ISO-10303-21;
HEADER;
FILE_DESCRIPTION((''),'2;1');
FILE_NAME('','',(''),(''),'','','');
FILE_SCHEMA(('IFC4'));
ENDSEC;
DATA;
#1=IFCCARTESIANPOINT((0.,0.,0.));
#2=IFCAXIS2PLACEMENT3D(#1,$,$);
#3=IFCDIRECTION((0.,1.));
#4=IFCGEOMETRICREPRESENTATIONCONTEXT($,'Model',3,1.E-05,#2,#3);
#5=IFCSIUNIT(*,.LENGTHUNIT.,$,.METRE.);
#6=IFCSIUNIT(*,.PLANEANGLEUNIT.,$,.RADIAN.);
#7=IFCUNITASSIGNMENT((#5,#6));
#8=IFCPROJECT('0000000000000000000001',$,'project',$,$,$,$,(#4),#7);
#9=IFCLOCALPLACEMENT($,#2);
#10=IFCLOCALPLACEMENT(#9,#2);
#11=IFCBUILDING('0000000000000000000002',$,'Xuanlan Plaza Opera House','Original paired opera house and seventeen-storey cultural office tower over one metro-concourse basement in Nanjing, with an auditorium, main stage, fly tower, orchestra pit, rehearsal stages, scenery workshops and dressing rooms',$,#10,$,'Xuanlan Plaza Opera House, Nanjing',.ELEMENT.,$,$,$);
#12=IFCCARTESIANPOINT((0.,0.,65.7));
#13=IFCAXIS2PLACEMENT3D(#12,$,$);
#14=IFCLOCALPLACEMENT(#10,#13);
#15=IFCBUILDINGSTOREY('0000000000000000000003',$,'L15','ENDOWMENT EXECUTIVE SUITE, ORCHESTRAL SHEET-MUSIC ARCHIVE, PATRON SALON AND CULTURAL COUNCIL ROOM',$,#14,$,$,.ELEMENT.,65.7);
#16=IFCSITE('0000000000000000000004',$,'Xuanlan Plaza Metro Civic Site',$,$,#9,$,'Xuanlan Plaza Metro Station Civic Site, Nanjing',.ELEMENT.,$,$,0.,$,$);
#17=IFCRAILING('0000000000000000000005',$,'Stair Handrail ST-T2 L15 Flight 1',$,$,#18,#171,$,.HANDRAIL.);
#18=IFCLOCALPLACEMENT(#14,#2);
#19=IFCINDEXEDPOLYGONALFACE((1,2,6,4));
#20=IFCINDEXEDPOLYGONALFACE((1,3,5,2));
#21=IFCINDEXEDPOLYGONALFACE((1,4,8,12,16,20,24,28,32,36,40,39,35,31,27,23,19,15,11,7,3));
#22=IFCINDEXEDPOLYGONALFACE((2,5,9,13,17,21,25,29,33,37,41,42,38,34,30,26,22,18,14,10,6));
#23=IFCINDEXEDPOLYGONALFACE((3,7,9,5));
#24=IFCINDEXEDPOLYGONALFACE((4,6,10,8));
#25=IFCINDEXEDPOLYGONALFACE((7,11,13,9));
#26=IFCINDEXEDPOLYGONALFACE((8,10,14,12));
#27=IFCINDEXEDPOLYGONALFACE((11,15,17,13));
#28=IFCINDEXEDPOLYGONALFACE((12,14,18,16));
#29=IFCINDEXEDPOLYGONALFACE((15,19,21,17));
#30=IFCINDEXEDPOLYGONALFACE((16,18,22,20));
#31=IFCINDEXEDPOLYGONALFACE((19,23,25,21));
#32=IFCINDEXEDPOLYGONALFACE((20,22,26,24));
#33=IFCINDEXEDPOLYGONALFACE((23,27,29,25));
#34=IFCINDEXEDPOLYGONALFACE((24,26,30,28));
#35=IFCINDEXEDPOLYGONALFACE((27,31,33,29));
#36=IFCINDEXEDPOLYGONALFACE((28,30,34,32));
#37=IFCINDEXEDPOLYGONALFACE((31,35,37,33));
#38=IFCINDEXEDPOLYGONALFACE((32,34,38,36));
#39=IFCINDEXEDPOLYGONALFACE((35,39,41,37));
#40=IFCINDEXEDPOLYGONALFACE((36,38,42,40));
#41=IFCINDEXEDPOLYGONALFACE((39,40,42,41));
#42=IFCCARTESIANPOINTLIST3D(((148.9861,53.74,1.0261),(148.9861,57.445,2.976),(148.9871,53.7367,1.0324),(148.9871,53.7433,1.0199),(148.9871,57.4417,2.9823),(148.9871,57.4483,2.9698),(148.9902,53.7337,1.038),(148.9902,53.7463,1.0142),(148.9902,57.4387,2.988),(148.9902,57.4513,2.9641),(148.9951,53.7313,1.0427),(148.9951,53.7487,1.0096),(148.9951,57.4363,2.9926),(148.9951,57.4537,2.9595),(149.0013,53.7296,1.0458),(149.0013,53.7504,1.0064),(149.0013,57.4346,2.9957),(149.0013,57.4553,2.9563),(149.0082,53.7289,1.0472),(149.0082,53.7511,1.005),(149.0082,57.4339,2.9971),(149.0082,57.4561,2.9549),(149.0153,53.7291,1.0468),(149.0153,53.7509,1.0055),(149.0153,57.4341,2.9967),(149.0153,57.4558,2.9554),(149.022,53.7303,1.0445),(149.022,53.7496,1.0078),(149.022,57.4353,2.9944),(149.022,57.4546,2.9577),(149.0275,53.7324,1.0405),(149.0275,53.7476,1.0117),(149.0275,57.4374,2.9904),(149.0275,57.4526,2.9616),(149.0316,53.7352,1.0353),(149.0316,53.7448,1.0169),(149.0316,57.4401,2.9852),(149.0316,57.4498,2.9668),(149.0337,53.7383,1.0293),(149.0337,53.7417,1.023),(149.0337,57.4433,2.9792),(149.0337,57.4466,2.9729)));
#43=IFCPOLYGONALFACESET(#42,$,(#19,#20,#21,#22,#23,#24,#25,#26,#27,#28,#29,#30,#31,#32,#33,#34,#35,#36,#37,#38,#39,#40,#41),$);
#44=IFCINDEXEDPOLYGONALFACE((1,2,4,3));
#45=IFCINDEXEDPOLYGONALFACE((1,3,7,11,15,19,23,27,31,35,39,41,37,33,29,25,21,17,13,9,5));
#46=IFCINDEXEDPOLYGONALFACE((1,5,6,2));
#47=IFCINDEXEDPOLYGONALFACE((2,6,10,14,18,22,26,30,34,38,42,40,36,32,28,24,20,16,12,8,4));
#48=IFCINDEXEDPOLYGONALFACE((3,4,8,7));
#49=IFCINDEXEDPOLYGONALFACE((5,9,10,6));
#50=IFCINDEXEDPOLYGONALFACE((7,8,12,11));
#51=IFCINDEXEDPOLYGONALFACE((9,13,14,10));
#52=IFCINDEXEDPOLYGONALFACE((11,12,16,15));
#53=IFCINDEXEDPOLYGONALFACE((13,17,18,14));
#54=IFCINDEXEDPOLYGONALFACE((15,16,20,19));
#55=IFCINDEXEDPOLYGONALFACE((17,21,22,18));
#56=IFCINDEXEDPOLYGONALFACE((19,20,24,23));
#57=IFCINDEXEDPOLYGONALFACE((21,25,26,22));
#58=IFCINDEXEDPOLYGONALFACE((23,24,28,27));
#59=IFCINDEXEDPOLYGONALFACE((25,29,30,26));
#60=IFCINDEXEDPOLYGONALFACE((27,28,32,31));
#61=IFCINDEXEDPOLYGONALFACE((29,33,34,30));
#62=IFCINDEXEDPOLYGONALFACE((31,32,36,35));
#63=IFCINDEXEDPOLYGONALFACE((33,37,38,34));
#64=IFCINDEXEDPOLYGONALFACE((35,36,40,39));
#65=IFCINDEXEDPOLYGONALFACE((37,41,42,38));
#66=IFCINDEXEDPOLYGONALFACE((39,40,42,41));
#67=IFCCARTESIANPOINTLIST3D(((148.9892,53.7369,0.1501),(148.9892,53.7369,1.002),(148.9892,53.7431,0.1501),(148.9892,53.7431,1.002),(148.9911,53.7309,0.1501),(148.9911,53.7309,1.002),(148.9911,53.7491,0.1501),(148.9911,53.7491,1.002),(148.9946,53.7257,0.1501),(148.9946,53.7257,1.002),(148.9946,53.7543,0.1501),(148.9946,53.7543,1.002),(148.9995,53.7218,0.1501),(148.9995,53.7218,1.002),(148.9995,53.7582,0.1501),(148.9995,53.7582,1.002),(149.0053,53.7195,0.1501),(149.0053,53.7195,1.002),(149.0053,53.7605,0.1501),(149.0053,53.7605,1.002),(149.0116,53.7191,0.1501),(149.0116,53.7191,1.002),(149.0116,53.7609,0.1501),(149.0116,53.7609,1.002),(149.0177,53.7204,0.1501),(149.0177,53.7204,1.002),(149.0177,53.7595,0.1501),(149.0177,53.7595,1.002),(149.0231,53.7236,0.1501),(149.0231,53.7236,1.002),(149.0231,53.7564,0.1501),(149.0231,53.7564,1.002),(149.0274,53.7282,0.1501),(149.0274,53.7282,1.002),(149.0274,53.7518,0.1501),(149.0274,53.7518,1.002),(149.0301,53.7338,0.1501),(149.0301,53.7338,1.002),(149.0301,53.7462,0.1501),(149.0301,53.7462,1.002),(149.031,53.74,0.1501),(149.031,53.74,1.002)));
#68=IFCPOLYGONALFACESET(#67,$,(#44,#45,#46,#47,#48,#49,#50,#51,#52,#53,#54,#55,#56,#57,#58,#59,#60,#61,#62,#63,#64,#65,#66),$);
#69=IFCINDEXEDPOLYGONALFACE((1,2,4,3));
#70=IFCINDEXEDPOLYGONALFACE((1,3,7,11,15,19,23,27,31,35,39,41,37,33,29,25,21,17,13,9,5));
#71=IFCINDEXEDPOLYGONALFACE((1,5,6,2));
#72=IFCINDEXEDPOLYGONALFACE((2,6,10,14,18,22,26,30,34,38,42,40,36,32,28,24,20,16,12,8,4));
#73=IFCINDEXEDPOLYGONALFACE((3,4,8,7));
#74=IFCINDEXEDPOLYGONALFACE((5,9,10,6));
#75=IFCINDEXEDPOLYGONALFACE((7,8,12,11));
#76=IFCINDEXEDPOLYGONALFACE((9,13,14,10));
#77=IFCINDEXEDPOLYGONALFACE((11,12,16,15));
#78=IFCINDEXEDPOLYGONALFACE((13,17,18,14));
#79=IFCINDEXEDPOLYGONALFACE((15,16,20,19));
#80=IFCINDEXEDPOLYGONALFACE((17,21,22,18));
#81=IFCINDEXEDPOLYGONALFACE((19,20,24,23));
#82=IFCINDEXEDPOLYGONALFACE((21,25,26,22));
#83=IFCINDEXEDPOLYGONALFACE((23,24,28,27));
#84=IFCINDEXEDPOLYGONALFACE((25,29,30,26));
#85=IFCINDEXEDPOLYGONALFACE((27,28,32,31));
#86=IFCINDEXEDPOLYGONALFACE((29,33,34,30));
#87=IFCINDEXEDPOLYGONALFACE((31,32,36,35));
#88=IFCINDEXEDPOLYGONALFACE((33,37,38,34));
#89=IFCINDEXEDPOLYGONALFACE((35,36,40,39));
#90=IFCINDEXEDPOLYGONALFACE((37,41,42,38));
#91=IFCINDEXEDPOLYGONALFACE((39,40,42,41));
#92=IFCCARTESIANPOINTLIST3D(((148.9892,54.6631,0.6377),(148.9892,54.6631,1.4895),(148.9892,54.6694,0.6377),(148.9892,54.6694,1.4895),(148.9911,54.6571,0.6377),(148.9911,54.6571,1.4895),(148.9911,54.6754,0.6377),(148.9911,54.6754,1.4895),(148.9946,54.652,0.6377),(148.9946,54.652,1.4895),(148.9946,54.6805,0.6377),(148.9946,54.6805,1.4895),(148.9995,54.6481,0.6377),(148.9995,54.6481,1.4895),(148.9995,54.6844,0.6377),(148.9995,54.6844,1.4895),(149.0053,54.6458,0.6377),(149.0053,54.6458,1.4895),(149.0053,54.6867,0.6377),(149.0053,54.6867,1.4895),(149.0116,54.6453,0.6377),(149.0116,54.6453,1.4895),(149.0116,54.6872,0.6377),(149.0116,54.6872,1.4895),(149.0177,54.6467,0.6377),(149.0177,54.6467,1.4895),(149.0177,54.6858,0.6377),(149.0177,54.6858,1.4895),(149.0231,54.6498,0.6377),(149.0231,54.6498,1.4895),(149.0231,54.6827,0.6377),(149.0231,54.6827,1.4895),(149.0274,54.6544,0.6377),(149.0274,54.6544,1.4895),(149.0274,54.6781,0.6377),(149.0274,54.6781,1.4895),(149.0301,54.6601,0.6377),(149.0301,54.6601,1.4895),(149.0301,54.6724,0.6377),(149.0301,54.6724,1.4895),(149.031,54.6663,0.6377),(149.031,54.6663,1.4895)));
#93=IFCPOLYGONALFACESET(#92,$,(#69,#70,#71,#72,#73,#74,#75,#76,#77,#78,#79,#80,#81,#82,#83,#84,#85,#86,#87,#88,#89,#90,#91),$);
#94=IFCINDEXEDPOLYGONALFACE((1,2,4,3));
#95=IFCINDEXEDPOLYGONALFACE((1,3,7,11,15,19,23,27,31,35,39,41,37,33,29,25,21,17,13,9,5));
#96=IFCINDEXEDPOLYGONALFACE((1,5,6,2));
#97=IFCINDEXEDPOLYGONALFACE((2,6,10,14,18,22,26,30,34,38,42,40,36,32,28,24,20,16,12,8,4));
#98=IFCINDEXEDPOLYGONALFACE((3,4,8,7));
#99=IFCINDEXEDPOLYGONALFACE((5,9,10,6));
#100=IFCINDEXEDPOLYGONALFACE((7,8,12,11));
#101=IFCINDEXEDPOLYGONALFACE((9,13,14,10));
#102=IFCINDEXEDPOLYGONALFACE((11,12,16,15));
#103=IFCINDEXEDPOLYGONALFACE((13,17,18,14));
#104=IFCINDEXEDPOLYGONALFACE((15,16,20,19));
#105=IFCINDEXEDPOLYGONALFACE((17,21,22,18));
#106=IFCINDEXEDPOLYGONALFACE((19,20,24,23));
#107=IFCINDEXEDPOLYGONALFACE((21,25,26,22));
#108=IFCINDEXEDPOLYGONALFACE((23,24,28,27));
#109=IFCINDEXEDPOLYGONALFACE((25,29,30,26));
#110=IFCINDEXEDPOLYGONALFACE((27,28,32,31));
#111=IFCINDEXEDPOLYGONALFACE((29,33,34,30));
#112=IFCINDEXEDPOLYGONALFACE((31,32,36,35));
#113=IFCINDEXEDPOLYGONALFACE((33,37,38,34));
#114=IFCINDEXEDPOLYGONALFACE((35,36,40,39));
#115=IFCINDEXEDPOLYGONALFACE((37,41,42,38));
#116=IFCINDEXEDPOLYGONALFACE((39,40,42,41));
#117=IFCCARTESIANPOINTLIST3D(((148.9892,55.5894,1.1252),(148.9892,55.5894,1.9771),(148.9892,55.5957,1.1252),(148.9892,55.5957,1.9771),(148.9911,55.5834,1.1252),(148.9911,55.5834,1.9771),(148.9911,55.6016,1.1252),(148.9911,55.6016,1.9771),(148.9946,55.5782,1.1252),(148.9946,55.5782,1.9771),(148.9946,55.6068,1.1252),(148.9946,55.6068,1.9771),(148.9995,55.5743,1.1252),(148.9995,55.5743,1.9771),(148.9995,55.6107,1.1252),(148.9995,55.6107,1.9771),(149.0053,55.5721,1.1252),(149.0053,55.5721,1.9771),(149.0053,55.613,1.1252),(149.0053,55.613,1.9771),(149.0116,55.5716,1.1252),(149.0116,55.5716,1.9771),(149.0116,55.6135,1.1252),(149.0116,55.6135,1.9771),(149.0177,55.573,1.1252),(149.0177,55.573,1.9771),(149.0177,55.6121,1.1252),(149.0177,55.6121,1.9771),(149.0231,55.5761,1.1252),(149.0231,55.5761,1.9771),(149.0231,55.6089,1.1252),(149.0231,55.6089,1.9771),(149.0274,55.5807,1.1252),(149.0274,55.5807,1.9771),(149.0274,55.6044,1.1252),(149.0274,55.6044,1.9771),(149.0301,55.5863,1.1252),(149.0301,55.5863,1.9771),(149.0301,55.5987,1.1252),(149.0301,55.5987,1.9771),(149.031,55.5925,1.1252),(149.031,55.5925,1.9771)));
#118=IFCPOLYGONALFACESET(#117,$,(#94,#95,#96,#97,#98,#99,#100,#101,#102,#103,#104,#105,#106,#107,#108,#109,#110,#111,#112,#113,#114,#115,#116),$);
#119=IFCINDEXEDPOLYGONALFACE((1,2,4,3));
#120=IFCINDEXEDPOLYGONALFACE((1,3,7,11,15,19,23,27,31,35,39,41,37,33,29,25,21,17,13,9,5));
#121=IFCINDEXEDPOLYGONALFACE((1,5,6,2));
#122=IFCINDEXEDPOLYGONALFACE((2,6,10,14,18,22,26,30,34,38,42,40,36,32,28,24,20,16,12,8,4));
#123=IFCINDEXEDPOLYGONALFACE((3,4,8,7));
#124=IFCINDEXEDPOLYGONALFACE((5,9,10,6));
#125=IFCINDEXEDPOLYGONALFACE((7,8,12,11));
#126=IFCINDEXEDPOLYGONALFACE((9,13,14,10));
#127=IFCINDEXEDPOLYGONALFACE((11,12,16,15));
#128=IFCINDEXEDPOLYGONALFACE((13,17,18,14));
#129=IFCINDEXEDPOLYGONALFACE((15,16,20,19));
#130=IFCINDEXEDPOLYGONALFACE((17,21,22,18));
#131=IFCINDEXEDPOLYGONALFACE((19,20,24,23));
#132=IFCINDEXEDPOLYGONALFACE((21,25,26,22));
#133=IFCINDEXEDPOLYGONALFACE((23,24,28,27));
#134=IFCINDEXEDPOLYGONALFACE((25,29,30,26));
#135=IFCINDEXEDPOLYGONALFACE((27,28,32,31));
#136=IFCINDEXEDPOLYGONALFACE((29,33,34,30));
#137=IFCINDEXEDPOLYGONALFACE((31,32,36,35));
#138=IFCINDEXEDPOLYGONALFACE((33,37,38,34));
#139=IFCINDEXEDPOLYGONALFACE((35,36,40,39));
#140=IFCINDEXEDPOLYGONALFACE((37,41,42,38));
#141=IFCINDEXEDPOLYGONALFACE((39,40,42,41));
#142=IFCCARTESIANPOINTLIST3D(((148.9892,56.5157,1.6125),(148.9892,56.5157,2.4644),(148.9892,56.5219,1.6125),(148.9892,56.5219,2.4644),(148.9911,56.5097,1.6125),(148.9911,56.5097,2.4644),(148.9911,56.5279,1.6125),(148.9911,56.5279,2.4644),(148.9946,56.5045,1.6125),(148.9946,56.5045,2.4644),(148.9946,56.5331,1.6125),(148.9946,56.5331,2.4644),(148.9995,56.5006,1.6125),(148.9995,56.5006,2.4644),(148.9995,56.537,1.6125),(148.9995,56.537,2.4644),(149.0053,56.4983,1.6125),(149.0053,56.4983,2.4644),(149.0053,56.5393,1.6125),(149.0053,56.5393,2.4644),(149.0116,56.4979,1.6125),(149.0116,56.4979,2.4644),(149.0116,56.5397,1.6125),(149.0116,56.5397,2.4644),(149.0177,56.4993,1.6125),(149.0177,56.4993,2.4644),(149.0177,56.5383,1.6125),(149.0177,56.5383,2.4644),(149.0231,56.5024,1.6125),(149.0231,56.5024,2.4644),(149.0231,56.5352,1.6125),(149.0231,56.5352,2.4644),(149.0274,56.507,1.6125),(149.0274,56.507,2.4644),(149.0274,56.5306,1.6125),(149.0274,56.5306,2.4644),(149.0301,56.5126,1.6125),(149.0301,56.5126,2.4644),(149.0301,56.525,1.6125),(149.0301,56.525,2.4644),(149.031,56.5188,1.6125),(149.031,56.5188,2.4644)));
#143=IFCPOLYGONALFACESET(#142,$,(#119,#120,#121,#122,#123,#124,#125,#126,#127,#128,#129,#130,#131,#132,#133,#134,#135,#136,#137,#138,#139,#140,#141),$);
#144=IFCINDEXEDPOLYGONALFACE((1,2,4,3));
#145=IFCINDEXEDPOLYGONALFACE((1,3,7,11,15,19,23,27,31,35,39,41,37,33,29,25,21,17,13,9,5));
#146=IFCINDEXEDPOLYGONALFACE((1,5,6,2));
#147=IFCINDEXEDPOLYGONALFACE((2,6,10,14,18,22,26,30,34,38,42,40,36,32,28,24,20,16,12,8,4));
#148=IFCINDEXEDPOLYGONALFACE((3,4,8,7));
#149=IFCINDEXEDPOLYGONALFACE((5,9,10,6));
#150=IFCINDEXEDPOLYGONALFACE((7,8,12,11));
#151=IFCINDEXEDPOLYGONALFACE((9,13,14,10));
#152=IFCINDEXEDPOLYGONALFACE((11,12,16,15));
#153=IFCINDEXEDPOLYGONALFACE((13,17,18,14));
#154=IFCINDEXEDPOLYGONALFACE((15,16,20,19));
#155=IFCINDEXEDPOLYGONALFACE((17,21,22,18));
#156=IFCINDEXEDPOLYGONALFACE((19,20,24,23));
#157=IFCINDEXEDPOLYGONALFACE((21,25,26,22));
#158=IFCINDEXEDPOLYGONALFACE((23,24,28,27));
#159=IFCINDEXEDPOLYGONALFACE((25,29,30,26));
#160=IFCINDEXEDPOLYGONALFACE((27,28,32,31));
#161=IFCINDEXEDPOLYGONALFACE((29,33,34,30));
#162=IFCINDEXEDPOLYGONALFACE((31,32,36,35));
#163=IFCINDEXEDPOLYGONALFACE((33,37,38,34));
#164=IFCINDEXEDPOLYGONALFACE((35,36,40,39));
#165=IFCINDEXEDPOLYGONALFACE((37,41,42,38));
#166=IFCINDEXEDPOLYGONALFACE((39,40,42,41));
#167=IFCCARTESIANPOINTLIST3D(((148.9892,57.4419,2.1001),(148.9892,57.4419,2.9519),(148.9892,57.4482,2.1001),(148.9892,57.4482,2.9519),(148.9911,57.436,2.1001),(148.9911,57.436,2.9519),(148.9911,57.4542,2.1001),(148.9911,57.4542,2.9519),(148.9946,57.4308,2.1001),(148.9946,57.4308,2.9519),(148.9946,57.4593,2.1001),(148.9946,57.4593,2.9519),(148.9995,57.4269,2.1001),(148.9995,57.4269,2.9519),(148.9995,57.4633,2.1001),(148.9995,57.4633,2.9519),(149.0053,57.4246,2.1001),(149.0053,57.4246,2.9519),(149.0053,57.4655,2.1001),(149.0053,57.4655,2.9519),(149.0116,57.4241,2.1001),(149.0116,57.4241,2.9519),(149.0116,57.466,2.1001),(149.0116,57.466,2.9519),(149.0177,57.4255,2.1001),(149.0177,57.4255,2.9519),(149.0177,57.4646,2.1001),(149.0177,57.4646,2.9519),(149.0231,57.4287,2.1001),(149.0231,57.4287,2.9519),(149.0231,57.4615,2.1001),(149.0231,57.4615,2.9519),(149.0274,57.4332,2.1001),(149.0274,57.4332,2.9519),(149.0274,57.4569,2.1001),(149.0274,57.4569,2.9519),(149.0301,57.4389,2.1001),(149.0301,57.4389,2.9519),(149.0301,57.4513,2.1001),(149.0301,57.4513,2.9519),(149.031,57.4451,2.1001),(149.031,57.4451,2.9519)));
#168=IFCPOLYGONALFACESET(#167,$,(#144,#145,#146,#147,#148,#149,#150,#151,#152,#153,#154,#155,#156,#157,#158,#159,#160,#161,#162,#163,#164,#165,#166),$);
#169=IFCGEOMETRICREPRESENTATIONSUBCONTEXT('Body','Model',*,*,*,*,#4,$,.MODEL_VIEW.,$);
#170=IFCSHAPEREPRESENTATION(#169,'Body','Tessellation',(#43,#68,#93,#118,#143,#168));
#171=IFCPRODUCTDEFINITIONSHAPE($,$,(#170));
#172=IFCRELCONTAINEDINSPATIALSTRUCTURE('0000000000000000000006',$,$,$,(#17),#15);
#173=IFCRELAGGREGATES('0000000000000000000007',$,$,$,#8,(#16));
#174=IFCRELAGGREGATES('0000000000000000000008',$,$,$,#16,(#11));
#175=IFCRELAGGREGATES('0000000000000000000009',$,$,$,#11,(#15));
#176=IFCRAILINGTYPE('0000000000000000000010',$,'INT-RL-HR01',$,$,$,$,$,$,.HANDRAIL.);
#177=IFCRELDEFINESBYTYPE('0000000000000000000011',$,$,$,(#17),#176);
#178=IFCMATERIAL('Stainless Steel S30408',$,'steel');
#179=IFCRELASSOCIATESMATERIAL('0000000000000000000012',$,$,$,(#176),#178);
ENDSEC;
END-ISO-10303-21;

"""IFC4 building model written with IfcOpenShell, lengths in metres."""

from ifc_helpers import new_model, si_unit, direction, frame, origin, origin_2d, place, context, subcontext, project, spatial, circle, extrude, material, type_object, element, save


model = new_model("IFC4")

# Units and contexts
model_context = context("Model", 3, precision=1e-05, world=origin(), true_north=direction((0.0, 1.0)))
body_context = subcontext(model_context, "Body", "Model", "MODEL_VIEW")
ifc_project = project(units=[si_unit("LENGTHUNIT", "METRE"), si_unit("PLANEANGLEUNIT", "RADIAN")], contexts=[model_context])

# Site, building, storey
site_placement = place(None, origin())
site = spatial("IfcSite", under=ifc_project, at=site_placement, Name="Xuanlan Plaza Metro Civic Site", LongName="Xuanlan Plaza Metro Station Civic Site, Nanjing", CompositionType="ELEMENT", RefElevation=0.0)
building_placement = place(site_placement, origin())
building = spatial("IfcBuilding", under=site, at=building_placement, Name="Xuanlan Plaza Opera House", Description="Original paired opera house and seventeen-storey cultural office tower over one metro-concourse basement in Nanjing, with an auditorium, main stage, fly tower, orchestra pit, rehearsal stages, scenery workshops and dressing rooms", LongName="Xuanlan Plaza Opera House, Nanjing", CompositionType="ELEMENT")
storey_placement = place(building_placement, frame((0.0, 0.0, 65.7)))
storey = spatial("IfcBuildingStorey", under=building, at=storey_placement, Name="L15", Description="ENDOWMENT EXECUTIVE SUITE, ORCHESTRAL SHEET-MUSIC ARCHIVE, PATRON SALON AND CULTURAL COUNCIL ROOM", CompositionType="ELEMENT", Elevation=65.7)

# Shared definitions
ifc_material_1 = material(Name="Stainless Steel S30408", Category="steel")

# Railing
railing_type = type_object("IfcRailingType", Name="INT-RL-HR01", PredefinedType="HANDRAIL", material=ifc_material_1)
for number, where, name in (
    (1, (149.01, 53.74, 0.1501), "Stair Handrail ST-T2 L15 Flight 1"),
):
    element("IfcRailing", number, at=place(storey_placement, frame(where)), inside=storey, type_object=railing_type, Name=name, PredefinedType="HANDRAIL", context=body_context, shape_type="SweptSolid", body=[
        extrude(circle(Radius=0.0239, at=origin_2d()), frame((0.0, 0.0, 0.876), z_axis=(0.0, 0.884927, 0.46573), x_axis=(-1.0, 0.0, 0.0)), (0.0, 0.0, 1.0), 4.1868),
        extrude(circle(Radius=0.021, at=origin_2d()), origin(), (0.0, 0.0, 1.0), 0.8518),
        extrude(circle(Radius=0.021, at=origin_2d()), frame((0.0, 0.9263, 0.4875)), (0.0, 0.0, 1.0), 0.8518),
        extrude(circle(Radius=0.021, at=origin_2d()), frame((0.0, 1.8525, 0.9751)), (0.0, 0.0, 1.0), 0.8518),
        extrude(circle(Radius=0.021, at=origin_2d()), frame((0.0, 2.7788, 1.4624)), (0.0, 0.0, 1.0), 0.8518),
        extrude(circle(Radius=0.021, at=origin_2d()), frame((0.0, 3.7051, 1.95)), (0.0, 0.0, 1.0), 0.8518),
    ])

save(model, "model.ifc")
